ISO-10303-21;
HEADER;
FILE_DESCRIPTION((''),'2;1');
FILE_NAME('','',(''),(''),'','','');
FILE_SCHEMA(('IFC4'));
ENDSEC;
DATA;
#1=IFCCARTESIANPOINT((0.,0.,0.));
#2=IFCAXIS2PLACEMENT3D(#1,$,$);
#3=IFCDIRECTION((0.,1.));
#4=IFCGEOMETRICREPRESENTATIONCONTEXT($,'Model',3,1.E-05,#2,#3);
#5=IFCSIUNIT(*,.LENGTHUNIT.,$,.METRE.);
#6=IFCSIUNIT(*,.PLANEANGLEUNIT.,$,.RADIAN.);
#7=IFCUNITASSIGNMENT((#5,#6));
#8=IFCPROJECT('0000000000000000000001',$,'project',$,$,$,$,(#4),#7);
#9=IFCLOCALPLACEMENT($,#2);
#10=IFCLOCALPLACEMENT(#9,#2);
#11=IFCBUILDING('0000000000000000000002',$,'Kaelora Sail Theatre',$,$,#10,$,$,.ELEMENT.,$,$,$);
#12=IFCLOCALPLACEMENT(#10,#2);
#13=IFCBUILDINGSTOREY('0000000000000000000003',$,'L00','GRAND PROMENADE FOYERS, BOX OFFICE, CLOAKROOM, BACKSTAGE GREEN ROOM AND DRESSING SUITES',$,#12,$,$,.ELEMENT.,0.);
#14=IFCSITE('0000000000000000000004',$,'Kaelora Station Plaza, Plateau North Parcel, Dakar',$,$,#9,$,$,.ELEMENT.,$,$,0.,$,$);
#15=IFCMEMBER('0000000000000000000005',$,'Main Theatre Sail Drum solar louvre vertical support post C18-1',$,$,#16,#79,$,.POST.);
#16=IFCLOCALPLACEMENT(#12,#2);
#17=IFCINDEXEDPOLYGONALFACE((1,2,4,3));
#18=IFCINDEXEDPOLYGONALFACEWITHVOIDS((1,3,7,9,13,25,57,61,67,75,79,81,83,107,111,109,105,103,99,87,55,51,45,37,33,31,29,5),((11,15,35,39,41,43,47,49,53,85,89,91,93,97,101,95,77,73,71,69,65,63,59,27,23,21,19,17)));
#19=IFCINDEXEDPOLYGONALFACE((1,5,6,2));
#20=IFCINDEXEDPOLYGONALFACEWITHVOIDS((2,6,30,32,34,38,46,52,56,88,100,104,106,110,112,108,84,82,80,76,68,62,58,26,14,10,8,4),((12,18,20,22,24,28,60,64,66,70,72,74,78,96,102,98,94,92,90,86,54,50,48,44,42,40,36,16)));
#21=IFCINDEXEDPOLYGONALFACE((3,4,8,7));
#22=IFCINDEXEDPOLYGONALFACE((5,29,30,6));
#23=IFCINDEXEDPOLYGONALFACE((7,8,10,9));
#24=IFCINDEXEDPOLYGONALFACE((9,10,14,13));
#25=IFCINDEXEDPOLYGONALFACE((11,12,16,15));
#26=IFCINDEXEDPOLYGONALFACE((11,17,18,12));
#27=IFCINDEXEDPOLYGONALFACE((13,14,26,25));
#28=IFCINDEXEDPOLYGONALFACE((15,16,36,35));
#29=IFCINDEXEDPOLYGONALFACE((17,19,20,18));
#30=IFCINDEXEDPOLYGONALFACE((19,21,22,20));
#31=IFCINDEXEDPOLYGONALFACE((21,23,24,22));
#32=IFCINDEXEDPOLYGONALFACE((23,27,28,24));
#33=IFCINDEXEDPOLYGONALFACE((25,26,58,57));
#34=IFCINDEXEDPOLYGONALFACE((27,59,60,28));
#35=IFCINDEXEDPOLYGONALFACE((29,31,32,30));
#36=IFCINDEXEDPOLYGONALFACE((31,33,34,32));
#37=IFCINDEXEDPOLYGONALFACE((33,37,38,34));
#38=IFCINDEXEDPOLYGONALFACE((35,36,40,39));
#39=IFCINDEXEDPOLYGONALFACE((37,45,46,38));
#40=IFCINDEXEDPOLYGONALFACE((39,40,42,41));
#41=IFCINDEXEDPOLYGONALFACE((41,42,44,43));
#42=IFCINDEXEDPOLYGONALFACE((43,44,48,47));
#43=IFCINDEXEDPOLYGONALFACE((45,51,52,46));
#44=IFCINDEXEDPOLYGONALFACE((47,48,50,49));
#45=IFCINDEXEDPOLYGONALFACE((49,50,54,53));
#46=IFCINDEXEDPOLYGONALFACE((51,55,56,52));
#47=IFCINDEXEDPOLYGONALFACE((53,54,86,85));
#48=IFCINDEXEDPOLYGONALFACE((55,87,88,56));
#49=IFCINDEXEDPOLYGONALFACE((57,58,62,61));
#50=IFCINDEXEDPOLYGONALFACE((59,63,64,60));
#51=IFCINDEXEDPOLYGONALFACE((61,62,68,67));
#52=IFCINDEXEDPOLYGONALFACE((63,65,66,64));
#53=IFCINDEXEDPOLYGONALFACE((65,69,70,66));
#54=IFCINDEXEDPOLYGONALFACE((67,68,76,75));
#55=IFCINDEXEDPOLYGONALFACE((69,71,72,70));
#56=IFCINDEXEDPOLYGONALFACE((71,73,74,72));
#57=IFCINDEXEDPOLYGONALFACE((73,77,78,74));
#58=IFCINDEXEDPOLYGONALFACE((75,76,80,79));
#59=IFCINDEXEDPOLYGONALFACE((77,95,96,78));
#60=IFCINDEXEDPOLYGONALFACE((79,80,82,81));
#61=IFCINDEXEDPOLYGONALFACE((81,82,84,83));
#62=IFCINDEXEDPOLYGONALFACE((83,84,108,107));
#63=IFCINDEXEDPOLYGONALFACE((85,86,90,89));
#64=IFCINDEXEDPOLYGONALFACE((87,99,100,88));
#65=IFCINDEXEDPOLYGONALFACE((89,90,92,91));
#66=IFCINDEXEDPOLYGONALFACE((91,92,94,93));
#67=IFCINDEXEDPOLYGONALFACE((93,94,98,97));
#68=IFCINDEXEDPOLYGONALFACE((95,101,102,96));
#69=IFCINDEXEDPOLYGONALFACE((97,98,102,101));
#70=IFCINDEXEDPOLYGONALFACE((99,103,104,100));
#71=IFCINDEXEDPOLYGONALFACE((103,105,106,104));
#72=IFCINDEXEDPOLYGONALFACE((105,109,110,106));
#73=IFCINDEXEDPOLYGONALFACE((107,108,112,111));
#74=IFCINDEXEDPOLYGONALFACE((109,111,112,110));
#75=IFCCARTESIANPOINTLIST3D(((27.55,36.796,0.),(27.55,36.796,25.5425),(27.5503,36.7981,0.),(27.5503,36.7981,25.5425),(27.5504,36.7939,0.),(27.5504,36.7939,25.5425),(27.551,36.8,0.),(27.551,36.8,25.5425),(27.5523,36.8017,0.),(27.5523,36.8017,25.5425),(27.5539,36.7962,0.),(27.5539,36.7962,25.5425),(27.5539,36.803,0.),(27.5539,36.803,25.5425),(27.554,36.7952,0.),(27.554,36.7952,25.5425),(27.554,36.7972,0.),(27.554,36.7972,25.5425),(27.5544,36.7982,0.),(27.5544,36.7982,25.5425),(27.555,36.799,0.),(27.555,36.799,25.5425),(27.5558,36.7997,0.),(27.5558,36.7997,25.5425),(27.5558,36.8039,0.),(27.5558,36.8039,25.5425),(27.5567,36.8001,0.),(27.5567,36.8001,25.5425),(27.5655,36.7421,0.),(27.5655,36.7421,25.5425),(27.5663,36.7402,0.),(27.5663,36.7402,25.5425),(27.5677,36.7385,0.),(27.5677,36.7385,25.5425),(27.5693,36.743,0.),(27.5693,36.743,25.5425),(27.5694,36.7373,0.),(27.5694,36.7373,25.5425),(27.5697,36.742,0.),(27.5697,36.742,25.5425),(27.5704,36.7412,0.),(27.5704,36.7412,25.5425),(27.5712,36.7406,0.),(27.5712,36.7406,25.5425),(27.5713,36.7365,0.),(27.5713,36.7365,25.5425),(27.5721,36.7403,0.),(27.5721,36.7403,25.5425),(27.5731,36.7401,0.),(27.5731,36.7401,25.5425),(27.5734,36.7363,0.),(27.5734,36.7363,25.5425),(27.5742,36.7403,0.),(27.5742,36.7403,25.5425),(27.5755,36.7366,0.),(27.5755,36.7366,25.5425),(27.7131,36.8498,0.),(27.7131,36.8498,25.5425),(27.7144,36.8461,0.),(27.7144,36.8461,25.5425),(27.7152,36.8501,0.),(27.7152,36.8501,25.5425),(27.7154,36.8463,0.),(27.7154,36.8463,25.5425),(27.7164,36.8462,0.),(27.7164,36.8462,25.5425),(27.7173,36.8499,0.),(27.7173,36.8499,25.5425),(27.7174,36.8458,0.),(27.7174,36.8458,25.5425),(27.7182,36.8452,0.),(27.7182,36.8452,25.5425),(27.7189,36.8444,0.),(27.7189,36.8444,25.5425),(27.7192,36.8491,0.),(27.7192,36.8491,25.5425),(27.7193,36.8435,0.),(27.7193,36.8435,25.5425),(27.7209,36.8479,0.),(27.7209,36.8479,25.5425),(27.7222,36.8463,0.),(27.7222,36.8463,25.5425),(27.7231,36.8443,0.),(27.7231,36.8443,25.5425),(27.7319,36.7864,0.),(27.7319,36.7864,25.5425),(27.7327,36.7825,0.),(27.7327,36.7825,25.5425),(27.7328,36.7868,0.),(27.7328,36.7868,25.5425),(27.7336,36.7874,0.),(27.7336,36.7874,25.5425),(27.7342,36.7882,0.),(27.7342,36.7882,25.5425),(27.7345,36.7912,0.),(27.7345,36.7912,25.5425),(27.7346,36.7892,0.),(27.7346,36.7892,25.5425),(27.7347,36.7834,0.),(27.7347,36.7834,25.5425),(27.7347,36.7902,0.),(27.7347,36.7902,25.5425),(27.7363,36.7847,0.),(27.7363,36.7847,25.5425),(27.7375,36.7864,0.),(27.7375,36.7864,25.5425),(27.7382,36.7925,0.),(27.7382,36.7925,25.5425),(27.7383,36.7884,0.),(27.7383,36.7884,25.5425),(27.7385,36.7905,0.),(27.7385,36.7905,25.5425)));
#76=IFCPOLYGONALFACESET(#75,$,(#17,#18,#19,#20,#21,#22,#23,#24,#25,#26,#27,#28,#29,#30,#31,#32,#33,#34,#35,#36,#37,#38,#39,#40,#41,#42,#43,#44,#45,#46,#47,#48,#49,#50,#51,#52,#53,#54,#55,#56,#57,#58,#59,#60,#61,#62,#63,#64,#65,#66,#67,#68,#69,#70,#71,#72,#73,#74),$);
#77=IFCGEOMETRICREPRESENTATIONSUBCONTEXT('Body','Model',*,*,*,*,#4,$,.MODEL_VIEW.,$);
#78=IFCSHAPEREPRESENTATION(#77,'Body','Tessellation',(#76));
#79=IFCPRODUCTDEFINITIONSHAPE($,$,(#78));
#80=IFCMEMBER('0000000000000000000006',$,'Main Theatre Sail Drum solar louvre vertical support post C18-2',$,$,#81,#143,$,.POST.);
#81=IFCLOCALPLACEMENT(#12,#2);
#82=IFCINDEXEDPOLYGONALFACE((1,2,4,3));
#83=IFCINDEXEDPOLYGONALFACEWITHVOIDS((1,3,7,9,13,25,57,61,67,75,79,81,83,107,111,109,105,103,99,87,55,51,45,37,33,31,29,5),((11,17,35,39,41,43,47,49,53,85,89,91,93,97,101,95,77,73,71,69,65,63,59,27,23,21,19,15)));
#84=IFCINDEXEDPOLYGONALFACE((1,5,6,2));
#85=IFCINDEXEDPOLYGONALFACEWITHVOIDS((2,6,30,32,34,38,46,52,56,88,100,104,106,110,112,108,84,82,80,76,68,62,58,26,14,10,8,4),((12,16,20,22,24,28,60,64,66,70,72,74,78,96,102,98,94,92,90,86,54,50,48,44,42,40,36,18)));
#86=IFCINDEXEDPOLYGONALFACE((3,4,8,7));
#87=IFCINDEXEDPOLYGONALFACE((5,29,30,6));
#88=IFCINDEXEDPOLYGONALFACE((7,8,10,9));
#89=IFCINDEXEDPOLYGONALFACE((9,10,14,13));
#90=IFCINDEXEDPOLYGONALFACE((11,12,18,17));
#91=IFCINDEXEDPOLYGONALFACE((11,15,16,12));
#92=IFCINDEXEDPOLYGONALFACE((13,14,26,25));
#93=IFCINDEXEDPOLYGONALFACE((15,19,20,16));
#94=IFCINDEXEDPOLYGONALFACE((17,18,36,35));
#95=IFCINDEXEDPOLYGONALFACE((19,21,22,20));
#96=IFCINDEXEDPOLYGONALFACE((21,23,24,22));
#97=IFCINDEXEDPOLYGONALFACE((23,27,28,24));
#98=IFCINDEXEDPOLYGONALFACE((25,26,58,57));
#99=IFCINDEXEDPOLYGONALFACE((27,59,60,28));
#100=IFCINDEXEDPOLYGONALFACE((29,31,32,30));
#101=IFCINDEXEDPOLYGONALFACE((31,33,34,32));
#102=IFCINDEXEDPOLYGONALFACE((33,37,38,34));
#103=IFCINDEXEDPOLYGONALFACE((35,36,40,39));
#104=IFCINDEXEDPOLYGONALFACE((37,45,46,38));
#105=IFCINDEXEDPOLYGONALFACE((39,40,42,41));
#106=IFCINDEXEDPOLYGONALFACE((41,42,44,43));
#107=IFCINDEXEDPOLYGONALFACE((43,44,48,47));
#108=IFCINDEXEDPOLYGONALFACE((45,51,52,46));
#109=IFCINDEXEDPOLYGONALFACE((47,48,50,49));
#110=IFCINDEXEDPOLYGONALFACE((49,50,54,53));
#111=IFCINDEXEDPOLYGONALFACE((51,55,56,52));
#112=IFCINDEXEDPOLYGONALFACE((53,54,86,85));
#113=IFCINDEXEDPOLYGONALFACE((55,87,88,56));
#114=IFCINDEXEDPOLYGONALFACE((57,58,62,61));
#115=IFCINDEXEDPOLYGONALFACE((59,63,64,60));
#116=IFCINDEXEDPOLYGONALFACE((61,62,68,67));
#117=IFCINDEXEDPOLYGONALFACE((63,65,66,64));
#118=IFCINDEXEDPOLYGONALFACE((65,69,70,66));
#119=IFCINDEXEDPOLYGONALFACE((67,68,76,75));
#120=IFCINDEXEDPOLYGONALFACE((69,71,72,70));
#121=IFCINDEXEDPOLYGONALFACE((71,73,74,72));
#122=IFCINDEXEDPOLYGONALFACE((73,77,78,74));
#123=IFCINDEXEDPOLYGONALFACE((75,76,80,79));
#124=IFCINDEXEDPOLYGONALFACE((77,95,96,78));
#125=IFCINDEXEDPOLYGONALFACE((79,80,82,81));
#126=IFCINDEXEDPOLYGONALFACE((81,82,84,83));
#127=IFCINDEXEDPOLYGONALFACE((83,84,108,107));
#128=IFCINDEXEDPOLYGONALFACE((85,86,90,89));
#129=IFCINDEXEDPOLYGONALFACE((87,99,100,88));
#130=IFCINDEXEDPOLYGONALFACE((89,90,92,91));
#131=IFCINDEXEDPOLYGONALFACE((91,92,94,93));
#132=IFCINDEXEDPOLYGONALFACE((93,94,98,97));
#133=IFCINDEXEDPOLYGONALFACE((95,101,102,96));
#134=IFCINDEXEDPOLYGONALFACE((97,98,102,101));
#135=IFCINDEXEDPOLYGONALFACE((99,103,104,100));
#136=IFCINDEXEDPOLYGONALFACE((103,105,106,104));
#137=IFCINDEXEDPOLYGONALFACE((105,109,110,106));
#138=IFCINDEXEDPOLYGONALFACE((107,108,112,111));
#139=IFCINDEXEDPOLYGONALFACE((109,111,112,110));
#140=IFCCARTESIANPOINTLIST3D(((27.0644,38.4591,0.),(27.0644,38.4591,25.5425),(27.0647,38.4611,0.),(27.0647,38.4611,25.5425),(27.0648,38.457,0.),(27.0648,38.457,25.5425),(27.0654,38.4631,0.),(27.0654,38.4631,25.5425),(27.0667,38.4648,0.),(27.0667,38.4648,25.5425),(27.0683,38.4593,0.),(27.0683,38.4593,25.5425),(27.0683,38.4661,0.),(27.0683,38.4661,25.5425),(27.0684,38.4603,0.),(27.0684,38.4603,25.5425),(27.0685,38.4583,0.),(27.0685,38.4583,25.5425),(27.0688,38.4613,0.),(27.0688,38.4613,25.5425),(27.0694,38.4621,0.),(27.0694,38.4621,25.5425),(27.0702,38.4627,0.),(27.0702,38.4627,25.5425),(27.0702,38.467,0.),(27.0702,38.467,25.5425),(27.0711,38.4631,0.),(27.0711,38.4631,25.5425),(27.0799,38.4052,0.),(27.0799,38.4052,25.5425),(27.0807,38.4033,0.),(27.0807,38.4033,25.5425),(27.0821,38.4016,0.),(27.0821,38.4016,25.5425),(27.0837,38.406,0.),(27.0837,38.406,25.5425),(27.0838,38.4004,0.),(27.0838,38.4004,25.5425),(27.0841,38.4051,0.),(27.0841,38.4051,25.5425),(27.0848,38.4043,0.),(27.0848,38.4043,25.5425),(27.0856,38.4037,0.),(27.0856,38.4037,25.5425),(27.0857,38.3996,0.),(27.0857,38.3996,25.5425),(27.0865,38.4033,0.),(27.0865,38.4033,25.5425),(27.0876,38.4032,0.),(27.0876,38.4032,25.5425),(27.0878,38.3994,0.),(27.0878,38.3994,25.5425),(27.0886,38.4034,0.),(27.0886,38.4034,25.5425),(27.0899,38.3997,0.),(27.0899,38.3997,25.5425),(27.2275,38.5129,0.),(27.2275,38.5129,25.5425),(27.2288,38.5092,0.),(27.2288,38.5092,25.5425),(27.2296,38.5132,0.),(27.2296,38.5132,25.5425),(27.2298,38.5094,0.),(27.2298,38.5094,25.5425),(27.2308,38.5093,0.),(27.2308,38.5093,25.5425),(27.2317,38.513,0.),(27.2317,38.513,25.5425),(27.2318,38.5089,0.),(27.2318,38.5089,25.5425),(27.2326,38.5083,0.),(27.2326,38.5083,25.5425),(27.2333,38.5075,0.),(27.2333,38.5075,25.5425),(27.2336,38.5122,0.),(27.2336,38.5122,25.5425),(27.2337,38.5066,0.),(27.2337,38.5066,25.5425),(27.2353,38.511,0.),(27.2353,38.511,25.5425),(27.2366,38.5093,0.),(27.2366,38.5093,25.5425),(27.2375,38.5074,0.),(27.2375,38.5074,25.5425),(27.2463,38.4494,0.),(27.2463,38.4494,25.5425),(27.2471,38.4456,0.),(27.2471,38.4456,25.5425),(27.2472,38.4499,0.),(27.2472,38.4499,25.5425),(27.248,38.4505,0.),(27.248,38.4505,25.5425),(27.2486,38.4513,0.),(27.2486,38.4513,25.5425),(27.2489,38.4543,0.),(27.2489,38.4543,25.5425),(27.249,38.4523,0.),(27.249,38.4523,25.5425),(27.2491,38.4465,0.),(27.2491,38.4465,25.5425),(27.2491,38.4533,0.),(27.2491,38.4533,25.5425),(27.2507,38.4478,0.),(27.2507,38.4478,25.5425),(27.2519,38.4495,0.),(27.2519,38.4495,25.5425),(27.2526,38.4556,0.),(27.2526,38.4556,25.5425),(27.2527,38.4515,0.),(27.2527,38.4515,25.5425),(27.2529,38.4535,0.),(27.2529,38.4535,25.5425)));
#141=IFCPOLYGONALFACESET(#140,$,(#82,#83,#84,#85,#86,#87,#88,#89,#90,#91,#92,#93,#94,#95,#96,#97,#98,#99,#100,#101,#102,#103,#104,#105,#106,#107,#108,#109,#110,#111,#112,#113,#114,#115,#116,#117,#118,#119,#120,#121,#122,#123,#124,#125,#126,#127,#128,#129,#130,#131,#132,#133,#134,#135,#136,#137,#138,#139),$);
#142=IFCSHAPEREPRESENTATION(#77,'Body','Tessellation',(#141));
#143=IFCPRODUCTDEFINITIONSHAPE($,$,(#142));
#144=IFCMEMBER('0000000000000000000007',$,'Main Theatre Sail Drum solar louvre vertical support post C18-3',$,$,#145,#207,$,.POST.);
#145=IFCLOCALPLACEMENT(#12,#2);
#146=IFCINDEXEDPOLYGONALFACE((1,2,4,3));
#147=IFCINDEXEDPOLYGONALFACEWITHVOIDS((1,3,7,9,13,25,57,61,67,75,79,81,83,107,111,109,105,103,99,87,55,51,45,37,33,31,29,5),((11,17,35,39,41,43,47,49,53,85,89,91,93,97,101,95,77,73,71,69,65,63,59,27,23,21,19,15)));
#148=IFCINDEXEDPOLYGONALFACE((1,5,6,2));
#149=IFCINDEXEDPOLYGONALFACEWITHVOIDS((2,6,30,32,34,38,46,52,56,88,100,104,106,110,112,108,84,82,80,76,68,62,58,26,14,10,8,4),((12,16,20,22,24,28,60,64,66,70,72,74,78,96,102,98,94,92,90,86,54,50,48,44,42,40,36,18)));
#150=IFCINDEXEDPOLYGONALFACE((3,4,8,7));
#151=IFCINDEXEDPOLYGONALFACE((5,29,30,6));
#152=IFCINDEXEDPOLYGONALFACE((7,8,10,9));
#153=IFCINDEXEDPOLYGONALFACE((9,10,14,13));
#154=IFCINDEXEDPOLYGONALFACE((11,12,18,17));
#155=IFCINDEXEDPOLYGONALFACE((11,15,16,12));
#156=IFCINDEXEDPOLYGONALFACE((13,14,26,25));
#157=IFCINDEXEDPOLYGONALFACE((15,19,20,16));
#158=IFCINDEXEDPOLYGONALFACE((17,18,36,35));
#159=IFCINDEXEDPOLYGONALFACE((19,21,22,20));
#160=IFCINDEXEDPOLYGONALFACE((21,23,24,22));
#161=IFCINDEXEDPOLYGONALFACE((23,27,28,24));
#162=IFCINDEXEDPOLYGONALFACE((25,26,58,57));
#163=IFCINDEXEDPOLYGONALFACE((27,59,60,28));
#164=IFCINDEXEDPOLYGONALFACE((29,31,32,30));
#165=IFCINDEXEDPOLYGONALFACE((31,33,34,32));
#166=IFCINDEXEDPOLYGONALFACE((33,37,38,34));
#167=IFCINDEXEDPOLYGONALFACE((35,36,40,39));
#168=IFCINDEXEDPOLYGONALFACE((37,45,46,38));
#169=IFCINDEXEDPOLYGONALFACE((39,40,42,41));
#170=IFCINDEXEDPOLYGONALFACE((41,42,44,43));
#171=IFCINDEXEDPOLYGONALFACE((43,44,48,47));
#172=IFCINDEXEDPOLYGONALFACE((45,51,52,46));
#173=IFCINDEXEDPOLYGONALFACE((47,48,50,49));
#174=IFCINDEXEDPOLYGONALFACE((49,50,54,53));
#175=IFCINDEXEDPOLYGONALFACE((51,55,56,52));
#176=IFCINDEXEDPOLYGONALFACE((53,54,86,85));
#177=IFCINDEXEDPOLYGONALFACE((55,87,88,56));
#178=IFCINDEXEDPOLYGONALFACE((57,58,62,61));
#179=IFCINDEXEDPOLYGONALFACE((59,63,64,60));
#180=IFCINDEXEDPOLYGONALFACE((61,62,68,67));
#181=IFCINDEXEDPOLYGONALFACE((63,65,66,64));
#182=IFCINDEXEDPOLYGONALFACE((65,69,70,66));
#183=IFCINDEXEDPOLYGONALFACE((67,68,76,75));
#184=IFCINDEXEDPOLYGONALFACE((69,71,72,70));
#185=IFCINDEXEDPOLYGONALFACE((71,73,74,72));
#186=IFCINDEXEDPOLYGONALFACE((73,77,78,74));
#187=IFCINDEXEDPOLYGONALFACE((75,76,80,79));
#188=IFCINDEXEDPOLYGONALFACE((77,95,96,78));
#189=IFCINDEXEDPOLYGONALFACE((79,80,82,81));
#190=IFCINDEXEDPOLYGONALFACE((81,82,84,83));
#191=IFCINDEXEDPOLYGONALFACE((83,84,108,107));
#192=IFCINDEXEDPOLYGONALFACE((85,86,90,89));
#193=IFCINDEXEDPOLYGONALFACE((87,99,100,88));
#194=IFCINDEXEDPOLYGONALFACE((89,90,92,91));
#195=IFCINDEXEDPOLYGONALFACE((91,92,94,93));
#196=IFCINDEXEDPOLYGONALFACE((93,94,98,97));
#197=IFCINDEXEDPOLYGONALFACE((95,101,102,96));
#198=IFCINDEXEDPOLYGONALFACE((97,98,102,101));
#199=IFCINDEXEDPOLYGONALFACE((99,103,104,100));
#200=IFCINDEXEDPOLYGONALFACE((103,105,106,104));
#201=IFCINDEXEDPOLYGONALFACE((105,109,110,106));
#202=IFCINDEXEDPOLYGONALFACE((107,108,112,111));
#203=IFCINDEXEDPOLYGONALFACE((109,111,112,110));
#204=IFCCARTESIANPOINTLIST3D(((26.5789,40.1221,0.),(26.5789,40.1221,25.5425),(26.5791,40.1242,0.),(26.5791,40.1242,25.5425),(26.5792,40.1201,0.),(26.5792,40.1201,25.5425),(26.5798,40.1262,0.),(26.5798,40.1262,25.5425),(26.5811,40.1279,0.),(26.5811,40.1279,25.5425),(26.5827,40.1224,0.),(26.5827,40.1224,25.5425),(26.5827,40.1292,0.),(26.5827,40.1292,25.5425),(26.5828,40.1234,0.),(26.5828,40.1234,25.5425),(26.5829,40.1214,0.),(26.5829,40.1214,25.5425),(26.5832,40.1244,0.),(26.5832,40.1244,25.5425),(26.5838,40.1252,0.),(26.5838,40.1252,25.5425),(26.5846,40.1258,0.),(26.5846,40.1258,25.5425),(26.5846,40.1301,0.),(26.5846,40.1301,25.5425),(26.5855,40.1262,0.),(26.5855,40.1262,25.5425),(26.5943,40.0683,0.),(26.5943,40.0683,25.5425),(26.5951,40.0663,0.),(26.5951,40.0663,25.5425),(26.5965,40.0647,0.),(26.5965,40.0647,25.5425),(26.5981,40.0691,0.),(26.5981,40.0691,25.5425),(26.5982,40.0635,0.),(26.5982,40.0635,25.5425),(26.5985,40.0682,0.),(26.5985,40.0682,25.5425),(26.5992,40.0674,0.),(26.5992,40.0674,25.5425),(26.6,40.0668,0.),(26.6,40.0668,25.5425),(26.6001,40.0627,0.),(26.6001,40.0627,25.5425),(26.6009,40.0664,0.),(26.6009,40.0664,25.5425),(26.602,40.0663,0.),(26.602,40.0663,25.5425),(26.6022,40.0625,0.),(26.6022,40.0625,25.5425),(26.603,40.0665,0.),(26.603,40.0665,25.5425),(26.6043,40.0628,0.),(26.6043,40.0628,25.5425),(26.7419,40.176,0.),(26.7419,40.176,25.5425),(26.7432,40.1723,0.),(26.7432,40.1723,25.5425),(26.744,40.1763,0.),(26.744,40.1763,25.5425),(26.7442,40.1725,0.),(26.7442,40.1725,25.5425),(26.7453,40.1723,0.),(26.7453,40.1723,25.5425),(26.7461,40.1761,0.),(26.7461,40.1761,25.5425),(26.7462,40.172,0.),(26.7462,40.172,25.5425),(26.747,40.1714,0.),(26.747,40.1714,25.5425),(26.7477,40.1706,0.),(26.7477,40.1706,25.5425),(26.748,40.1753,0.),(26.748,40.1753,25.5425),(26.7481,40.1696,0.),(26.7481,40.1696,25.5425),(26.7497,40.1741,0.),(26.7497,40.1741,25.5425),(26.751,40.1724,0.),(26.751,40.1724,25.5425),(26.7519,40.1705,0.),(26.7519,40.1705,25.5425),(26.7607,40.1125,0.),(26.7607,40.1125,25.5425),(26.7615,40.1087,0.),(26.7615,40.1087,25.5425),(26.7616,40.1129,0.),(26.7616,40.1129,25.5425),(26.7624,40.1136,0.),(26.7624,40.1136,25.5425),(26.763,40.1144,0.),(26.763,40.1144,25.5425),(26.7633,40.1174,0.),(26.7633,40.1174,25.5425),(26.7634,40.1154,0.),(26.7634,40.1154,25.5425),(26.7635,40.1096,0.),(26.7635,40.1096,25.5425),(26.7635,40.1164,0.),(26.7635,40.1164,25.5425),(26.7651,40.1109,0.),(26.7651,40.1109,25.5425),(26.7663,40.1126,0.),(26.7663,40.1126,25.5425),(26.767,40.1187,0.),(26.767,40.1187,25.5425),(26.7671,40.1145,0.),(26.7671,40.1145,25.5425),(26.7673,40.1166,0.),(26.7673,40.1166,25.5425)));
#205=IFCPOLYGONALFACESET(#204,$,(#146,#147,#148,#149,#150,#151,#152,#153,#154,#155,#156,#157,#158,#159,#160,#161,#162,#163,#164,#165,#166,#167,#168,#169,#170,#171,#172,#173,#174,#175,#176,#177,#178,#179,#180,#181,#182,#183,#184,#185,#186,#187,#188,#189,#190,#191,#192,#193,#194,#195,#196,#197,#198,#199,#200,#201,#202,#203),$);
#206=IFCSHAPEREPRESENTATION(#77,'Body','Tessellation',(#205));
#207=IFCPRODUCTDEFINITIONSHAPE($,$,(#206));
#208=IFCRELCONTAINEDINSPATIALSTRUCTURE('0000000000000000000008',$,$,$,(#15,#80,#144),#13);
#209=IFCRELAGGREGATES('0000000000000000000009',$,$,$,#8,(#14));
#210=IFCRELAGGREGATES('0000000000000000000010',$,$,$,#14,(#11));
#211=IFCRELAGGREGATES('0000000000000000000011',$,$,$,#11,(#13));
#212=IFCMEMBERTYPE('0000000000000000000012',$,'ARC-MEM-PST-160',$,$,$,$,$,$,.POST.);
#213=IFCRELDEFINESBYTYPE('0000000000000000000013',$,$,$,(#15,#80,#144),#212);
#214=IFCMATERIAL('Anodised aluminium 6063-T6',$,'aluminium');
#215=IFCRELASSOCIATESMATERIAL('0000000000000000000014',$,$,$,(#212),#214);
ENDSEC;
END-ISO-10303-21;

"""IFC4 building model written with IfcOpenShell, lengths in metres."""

from ifc_helpers import new_model, si_unit, direction, frame, origin, origin_2d, place, context, subcontext, project, spatial, hollow_rectangle, extrude, material, material_profile, profile_set, type_object, element, save


model = new_model("IFC4")

# Units and contexts
model_context = context("Model", 3, precision=1e-05, world=origin(), true_north=direction((0.0, 1.0)))
body_context = subcontext(model_context, "Body", "Model", "MODEL_VIEW")
ifc_project = project(units=[si_unit("LENGTHUNIT", "METRE"), si_unit("PLANEANGLEUNIT", "RADIAN")], contexts=[model_context])

# Site, building, storey
site_placement = place(None, origin())
site = spatial("IfcSite", under=ifc_project, at=site_placement, Name="Kaelora Station Plaza, Plateau North Parcel, Dakar", CompositionType="ELEMENT", RefElevation=0.0)
building_placement = place(site_placement, origin())
building = spatial("IfcBuilding", under=site, at=building_placement, Name="Kaelora Sail Theatre", CompositionType="ELEMENT")
storey_placement = place(building_placement, origin())
storey = spatial("IfcBuildingStorey", under=building, at=storey_placement, Name="L00", Description="GRAND PROMENADE FOYERS, BOX OFFICE, CLOAKROOM, BACKSTAGE GREEN ROOM AND DRESSING SUITES", CompositionType="ELEMENT", Elevation=0.0)

# Members
ifc_material_1 = material(Name="Anodised aluminium 6063-T6", Category="aluminium")
ifc_material_profile_1 = material_profile(ifc_material_1, hollow_rectangle(XDim=0.0701, YDim=0.1799, WallThickness=0.0039, InnerFilletRadius=0.0039, OuterFilletRadius=0.0081, at=origin_2d()), Name="ALU-MULL 70x180x4")
ifc_profile_set_1 = profile_set([ifc_material_profile_1], Name="Anodised aluminium 6063-T6")
member_type_1 = type_object("IfcMemberType", Name="ARC-MEM-PST-160", PredefinedType="POST", material=ifc_profile_set_1)
for number, where, z_axis, x_axis, name in (
    (1, (27.6443, 36.7932, 0.0), (0.0, 0.0, 1.0), (-0.280332, 0.959903, 0.0), "Main Theatre Sail Drum solar louvre vertical support post C18-1"),
    (2, (27.1587, 38.4563, 0.0), (0.0, 0.0, 1.0), (-0.280332, 0.959903, 0.0), "Main Theatre Sail Drum solar louvre vertical support post C18-2"),
    (3, (26.6731, 40.1194, 0.0), (0.0, 0.0, 1.0), (-0.280332, 0.959903, 0.0), "Main Theatre Sail Drum solar louvre vertical support post C18-3"),
):
    element("IfcMember", number, at=place(storey_placement, frame(where, z_axis=z_axis, x_axis=x_axis)), inside=storey, type_object=member_type_1, Name=name, PredefinedType="POST", context=body_context, shape_type="SweptSolid", body=[
        extrude(hollow_rectangle(XDim=0.0701, YDim=0.1799, WallThickness=0.0039, InnerFilletRadius=0.0039, OuterFilletRadius=0.0081, at=origin_2d()), origin(), (0.0, 0.0, 1.0), 25.5425),
    ])

save(model, "model.ifc")
